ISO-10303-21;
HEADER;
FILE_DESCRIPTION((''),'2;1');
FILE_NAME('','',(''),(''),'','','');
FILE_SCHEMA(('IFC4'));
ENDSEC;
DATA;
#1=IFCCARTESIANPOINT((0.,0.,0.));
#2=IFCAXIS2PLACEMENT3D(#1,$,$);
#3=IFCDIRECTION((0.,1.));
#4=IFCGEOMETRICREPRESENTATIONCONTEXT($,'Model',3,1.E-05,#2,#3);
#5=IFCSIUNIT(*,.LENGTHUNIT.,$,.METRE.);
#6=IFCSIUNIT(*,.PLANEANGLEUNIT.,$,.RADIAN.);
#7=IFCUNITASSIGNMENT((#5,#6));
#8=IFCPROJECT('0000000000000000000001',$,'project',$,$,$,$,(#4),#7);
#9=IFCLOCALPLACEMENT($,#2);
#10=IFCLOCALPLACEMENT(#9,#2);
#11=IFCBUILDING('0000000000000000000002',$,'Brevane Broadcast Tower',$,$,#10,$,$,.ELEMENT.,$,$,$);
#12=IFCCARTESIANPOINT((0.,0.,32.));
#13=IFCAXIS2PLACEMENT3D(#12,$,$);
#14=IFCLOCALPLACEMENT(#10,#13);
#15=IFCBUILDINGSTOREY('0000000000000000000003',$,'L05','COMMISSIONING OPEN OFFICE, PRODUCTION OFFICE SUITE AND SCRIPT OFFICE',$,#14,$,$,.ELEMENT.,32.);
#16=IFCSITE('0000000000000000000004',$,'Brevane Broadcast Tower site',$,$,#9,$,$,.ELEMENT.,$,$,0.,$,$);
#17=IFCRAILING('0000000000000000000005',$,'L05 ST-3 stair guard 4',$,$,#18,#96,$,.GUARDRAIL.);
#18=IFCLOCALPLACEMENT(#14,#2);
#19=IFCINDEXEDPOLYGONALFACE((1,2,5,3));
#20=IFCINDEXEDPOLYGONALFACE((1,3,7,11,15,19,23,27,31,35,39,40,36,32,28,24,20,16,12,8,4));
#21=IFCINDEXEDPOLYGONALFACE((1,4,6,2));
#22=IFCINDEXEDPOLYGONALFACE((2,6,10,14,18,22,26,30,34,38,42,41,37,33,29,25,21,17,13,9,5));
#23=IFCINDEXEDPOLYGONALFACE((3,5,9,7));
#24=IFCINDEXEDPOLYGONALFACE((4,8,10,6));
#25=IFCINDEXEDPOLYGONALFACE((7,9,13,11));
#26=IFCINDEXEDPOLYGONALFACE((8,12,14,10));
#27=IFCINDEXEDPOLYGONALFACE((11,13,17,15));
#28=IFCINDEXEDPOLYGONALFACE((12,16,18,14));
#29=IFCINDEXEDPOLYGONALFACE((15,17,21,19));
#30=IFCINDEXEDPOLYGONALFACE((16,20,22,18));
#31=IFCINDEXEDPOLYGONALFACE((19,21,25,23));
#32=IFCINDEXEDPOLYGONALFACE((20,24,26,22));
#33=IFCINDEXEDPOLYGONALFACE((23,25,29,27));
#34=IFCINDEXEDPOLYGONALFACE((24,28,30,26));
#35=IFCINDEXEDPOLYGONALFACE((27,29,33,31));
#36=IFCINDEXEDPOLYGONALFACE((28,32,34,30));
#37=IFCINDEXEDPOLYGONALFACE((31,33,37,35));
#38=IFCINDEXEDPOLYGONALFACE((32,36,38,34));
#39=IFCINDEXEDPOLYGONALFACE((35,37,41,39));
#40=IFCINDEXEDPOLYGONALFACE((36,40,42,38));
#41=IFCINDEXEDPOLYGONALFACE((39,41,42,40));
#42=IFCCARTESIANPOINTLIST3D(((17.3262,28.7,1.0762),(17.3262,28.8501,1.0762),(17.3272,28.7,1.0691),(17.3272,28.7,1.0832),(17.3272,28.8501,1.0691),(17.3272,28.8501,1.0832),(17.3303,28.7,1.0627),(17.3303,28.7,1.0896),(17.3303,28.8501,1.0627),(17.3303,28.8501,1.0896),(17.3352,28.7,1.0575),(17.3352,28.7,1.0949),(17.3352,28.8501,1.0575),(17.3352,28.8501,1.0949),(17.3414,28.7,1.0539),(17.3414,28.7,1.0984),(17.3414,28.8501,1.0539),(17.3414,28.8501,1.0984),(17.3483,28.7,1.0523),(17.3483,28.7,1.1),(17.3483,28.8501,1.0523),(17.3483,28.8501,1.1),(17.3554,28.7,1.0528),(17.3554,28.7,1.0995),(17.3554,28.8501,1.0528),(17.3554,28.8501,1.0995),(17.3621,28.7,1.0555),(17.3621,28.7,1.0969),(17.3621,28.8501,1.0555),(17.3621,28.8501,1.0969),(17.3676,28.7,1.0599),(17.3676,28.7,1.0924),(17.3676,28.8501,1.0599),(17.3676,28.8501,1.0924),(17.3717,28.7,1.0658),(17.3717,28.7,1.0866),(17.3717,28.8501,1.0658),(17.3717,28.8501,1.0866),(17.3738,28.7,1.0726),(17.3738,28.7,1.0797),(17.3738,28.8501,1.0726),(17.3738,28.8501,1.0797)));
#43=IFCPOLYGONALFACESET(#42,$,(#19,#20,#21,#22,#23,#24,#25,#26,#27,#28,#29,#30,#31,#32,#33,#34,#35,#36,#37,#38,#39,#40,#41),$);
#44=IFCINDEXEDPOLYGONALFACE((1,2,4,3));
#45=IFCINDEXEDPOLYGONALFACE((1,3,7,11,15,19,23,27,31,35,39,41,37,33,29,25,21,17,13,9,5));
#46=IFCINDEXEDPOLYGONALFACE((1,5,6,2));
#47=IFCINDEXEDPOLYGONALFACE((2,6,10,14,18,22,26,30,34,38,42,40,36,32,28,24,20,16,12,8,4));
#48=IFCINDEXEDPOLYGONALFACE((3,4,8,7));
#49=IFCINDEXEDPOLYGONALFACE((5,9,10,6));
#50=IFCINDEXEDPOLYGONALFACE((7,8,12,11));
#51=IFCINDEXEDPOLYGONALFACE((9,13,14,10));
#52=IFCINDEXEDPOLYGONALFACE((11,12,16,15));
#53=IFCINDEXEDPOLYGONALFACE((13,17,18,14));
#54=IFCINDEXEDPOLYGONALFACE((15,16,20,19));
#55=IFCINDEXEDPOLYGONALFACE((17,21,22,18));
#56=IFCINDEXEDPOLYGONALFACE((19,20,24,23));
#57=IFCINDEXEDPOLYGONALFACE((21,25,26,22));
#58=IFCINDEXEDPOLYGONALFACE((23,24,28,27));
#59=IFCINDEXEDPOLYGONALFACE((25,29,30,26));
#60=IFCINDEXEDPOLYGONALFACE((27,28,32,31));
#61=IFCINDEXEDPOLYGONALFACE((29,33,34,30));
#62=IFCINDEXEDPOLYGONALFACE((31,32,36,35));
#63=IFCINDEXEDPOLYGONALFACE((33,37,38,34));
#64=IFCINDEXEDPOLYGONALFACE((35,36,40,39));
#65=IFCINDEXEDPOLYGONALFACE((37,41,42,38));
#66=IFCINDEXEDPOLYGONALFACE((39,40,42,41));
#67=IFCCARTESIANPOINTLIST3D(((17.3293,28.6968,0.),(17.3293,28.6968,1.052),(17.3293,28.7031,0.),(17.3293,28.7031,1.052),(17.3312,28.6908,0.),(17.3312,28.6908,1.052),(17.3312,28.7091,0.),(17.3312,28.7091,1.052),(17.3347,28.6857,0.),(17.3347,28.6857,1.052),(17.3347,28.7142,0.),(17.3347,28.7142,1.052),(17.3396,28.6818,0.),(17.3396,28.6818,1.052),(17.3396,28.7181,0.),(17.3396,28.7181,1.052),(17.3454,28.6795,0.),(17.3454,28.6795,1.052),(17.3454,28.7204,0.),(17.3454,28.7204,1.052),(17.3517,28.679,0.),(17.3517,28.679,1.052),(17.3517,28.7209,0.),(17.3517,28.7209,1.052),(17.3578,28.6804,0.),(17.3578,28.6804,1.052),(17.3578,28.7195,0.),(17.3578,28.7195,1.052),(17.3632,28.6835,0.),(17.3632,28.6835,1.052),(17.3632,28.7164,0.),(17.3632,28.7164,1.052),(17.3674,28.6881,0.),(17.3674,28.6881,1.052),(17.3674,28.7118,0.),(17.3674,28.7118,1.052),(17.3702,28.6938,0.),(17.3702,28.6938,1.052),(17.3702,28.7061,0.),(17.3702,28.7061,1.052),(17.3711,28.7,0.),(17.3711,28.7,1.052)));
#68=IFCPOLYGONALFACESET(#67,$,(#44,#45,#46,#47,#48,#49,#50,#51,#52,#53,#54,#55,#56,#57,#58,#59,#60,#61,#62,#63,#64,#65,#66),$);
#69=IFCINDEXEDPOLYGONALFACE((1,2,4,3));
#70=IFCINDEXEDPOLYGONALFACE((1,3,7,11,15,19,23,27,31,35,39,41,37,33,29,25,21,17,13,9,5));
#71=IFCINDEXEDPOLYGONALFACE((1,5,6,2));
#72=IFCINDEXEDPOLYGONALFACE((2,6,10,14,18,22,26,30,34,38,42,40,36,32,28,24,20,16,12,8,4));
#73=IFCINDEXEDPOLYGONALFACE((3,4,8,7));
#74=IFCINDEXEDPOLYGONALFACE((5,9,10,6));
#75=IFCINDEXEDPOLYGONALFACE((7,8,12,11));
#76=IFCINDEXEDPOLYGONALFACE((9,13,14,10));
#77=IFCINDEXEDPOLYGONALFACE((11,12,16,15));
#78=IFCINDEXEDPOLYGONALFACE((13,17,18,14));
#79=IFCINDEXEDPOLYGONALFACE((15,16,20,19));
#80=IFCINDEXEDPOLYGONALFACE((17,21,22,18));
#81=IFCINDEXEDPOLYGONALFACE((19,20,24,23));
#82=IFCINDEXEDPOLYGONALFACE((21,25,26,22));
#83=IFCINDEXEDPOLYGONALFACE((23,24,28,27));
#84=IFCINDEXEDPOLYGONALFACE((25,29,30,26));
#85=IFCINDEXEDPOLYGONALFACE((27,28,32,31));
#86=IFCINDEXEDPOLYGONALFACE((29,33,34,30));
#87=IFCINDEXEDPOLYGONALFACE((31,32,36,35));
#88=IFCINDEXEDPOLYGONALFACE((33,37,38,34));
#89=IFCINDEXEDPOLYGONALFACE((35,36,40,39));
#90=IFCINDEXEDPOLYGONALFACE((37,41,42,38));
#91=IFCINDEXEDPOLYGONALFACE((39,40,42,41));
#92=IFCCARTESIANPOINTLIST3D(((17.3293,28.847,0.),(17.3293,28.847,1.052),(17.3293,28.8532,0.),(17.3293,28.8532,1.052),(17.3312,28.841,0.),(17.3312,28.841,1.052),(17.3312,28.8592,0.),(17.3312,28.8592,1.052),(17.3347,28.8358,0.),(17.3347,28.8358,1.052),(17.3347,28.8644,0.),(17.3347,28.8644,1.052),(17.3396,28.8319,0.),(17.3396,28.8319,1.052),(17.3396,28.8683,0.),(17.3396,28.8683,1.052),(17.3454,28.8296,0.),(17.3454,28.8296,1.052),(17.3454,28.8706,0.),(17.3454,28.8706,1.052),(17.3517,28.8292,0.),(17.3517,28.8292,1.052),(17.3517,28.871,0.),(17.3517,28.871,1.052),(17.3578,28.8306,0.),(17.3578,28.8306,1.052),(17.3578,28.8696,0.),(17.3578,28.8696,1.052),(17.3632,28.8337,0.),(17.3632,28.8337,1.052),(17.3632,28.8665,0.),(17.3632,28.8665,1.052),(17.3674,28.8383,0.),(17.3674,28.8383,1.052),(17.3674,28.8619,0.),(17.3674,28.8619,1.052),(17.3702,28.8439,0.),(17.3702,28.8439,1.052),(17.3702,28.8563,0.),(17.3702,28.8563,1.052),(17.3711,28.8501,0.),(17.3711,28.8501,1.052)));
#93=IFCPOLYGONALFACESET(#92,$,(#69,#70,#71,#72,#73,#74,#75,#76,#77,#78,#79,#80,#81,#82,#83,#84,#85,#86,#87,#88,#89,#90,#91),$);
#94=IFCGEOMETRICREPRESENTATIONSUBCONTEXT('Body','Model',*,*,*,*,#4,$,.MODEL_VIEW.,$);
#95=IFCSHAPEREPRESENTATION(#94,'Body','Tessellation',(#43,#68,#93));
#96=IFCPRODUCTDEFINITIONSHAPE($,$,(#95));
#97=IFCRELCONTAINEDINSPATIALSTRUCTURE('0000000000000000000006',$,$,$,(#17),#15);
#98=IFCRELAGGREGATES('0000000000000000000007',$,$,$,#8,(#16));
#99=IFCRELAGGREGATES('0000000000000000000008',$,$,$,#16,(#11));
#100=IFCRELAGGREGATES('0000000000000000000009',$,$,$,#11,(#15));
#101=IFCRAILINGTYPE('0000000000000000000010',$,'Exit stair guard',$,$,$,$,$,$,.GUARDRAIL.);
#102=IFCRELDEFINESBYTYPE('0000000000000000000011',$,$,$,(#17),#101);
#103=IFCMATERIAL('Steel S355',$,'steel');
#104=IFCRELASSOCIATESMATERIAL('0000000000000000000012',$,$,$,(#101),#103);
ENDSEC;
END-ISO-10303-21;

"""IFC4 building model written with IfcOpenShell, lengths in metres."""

from ifc_helpers import new_model, si_unit, direction, frame, origin, origin_2d, place, context, subcontext, project, spatial, circle, extrude, material, type_object, element, save


model = new_model("IFC4")

# Units and contexts
model_context = context("Model", 3, precision=1e-05, world=origin(), true_north=direction((0.0, 1.0)))
body_context = subcontext(model_context, "Body", "Model", "MODEL_VIEW")
ifc_project = project(units=[si_unit("LENGTHUNIT", "METRE"), si_unit("PLANEANGLEUNIT", "RADIAN")], contexts=[model_context])

# Site, building, storey
site_placement = place(None, origin())
site = spatial("IfcSite", under=ifc_project, at=site_placement, Name="Brevane Broadcast Tower site", CompositionType="ELEMENT", RefElevation=0.0)
building_placement = place(site_placement, origin())
building = spatial("IfcBuilding", under=site, at=building_placement, Name="Brevane Broadcast Tower", CompositionType="ELEMENT")
storey_placement = place(building_placement, frame((0.0, 0.0, 32.0)))
storey = spatial("IfcBuildingStorey", under=building, at=storey_placement, Name="L05", Description="COMMISSIONING OPEN OFFICE, PRODUCTION OFFICE SUITE AND SCRIPT OFFICE", CompositionType="ELEMENT", Elevation=32.0)

# Railing
ifc_material_1 = material(Name="Steel S355", Category="steel")
railing_type_1 = type_object("IfcRailingType", Name="Exit stair guard", PredefinedType="GUARDRAIL", material=ifc_material_1)
railing_1_placement = place(storey_placement, frame((17.3501, 28.7, 0.0)))
element("IfcRailing", 1, at=railing_1_placement, inside=storey, type_object=railing_type_1, Name="L05 ST-3 stair guard 4", PredefinedType="GUARDRAIL", context=body_context, shape_type="SweptSolid", body=[
    extrude(circle(Radius=0.0239, at=origin_2d()), frame((0.0, 0.0, 1.0762), z_axis=(0.0, 1.0, 0.0), x_axis=(-1.0, 0.0, 0.0)), (0.0, 0.0, 1.0), 0.1501),
    extrude(circle(Radius=0.021, at=origin_2d()), origin(), (0.0, 0.0, 1.0), 1.052),
    extrude(circle(Radius=0.021, at=origin_2d()), frame((0.0, 0.1501, 0.0)), (0.0, 0.0, 1.0), 1.052),
])

save(model, "model.ifc")
